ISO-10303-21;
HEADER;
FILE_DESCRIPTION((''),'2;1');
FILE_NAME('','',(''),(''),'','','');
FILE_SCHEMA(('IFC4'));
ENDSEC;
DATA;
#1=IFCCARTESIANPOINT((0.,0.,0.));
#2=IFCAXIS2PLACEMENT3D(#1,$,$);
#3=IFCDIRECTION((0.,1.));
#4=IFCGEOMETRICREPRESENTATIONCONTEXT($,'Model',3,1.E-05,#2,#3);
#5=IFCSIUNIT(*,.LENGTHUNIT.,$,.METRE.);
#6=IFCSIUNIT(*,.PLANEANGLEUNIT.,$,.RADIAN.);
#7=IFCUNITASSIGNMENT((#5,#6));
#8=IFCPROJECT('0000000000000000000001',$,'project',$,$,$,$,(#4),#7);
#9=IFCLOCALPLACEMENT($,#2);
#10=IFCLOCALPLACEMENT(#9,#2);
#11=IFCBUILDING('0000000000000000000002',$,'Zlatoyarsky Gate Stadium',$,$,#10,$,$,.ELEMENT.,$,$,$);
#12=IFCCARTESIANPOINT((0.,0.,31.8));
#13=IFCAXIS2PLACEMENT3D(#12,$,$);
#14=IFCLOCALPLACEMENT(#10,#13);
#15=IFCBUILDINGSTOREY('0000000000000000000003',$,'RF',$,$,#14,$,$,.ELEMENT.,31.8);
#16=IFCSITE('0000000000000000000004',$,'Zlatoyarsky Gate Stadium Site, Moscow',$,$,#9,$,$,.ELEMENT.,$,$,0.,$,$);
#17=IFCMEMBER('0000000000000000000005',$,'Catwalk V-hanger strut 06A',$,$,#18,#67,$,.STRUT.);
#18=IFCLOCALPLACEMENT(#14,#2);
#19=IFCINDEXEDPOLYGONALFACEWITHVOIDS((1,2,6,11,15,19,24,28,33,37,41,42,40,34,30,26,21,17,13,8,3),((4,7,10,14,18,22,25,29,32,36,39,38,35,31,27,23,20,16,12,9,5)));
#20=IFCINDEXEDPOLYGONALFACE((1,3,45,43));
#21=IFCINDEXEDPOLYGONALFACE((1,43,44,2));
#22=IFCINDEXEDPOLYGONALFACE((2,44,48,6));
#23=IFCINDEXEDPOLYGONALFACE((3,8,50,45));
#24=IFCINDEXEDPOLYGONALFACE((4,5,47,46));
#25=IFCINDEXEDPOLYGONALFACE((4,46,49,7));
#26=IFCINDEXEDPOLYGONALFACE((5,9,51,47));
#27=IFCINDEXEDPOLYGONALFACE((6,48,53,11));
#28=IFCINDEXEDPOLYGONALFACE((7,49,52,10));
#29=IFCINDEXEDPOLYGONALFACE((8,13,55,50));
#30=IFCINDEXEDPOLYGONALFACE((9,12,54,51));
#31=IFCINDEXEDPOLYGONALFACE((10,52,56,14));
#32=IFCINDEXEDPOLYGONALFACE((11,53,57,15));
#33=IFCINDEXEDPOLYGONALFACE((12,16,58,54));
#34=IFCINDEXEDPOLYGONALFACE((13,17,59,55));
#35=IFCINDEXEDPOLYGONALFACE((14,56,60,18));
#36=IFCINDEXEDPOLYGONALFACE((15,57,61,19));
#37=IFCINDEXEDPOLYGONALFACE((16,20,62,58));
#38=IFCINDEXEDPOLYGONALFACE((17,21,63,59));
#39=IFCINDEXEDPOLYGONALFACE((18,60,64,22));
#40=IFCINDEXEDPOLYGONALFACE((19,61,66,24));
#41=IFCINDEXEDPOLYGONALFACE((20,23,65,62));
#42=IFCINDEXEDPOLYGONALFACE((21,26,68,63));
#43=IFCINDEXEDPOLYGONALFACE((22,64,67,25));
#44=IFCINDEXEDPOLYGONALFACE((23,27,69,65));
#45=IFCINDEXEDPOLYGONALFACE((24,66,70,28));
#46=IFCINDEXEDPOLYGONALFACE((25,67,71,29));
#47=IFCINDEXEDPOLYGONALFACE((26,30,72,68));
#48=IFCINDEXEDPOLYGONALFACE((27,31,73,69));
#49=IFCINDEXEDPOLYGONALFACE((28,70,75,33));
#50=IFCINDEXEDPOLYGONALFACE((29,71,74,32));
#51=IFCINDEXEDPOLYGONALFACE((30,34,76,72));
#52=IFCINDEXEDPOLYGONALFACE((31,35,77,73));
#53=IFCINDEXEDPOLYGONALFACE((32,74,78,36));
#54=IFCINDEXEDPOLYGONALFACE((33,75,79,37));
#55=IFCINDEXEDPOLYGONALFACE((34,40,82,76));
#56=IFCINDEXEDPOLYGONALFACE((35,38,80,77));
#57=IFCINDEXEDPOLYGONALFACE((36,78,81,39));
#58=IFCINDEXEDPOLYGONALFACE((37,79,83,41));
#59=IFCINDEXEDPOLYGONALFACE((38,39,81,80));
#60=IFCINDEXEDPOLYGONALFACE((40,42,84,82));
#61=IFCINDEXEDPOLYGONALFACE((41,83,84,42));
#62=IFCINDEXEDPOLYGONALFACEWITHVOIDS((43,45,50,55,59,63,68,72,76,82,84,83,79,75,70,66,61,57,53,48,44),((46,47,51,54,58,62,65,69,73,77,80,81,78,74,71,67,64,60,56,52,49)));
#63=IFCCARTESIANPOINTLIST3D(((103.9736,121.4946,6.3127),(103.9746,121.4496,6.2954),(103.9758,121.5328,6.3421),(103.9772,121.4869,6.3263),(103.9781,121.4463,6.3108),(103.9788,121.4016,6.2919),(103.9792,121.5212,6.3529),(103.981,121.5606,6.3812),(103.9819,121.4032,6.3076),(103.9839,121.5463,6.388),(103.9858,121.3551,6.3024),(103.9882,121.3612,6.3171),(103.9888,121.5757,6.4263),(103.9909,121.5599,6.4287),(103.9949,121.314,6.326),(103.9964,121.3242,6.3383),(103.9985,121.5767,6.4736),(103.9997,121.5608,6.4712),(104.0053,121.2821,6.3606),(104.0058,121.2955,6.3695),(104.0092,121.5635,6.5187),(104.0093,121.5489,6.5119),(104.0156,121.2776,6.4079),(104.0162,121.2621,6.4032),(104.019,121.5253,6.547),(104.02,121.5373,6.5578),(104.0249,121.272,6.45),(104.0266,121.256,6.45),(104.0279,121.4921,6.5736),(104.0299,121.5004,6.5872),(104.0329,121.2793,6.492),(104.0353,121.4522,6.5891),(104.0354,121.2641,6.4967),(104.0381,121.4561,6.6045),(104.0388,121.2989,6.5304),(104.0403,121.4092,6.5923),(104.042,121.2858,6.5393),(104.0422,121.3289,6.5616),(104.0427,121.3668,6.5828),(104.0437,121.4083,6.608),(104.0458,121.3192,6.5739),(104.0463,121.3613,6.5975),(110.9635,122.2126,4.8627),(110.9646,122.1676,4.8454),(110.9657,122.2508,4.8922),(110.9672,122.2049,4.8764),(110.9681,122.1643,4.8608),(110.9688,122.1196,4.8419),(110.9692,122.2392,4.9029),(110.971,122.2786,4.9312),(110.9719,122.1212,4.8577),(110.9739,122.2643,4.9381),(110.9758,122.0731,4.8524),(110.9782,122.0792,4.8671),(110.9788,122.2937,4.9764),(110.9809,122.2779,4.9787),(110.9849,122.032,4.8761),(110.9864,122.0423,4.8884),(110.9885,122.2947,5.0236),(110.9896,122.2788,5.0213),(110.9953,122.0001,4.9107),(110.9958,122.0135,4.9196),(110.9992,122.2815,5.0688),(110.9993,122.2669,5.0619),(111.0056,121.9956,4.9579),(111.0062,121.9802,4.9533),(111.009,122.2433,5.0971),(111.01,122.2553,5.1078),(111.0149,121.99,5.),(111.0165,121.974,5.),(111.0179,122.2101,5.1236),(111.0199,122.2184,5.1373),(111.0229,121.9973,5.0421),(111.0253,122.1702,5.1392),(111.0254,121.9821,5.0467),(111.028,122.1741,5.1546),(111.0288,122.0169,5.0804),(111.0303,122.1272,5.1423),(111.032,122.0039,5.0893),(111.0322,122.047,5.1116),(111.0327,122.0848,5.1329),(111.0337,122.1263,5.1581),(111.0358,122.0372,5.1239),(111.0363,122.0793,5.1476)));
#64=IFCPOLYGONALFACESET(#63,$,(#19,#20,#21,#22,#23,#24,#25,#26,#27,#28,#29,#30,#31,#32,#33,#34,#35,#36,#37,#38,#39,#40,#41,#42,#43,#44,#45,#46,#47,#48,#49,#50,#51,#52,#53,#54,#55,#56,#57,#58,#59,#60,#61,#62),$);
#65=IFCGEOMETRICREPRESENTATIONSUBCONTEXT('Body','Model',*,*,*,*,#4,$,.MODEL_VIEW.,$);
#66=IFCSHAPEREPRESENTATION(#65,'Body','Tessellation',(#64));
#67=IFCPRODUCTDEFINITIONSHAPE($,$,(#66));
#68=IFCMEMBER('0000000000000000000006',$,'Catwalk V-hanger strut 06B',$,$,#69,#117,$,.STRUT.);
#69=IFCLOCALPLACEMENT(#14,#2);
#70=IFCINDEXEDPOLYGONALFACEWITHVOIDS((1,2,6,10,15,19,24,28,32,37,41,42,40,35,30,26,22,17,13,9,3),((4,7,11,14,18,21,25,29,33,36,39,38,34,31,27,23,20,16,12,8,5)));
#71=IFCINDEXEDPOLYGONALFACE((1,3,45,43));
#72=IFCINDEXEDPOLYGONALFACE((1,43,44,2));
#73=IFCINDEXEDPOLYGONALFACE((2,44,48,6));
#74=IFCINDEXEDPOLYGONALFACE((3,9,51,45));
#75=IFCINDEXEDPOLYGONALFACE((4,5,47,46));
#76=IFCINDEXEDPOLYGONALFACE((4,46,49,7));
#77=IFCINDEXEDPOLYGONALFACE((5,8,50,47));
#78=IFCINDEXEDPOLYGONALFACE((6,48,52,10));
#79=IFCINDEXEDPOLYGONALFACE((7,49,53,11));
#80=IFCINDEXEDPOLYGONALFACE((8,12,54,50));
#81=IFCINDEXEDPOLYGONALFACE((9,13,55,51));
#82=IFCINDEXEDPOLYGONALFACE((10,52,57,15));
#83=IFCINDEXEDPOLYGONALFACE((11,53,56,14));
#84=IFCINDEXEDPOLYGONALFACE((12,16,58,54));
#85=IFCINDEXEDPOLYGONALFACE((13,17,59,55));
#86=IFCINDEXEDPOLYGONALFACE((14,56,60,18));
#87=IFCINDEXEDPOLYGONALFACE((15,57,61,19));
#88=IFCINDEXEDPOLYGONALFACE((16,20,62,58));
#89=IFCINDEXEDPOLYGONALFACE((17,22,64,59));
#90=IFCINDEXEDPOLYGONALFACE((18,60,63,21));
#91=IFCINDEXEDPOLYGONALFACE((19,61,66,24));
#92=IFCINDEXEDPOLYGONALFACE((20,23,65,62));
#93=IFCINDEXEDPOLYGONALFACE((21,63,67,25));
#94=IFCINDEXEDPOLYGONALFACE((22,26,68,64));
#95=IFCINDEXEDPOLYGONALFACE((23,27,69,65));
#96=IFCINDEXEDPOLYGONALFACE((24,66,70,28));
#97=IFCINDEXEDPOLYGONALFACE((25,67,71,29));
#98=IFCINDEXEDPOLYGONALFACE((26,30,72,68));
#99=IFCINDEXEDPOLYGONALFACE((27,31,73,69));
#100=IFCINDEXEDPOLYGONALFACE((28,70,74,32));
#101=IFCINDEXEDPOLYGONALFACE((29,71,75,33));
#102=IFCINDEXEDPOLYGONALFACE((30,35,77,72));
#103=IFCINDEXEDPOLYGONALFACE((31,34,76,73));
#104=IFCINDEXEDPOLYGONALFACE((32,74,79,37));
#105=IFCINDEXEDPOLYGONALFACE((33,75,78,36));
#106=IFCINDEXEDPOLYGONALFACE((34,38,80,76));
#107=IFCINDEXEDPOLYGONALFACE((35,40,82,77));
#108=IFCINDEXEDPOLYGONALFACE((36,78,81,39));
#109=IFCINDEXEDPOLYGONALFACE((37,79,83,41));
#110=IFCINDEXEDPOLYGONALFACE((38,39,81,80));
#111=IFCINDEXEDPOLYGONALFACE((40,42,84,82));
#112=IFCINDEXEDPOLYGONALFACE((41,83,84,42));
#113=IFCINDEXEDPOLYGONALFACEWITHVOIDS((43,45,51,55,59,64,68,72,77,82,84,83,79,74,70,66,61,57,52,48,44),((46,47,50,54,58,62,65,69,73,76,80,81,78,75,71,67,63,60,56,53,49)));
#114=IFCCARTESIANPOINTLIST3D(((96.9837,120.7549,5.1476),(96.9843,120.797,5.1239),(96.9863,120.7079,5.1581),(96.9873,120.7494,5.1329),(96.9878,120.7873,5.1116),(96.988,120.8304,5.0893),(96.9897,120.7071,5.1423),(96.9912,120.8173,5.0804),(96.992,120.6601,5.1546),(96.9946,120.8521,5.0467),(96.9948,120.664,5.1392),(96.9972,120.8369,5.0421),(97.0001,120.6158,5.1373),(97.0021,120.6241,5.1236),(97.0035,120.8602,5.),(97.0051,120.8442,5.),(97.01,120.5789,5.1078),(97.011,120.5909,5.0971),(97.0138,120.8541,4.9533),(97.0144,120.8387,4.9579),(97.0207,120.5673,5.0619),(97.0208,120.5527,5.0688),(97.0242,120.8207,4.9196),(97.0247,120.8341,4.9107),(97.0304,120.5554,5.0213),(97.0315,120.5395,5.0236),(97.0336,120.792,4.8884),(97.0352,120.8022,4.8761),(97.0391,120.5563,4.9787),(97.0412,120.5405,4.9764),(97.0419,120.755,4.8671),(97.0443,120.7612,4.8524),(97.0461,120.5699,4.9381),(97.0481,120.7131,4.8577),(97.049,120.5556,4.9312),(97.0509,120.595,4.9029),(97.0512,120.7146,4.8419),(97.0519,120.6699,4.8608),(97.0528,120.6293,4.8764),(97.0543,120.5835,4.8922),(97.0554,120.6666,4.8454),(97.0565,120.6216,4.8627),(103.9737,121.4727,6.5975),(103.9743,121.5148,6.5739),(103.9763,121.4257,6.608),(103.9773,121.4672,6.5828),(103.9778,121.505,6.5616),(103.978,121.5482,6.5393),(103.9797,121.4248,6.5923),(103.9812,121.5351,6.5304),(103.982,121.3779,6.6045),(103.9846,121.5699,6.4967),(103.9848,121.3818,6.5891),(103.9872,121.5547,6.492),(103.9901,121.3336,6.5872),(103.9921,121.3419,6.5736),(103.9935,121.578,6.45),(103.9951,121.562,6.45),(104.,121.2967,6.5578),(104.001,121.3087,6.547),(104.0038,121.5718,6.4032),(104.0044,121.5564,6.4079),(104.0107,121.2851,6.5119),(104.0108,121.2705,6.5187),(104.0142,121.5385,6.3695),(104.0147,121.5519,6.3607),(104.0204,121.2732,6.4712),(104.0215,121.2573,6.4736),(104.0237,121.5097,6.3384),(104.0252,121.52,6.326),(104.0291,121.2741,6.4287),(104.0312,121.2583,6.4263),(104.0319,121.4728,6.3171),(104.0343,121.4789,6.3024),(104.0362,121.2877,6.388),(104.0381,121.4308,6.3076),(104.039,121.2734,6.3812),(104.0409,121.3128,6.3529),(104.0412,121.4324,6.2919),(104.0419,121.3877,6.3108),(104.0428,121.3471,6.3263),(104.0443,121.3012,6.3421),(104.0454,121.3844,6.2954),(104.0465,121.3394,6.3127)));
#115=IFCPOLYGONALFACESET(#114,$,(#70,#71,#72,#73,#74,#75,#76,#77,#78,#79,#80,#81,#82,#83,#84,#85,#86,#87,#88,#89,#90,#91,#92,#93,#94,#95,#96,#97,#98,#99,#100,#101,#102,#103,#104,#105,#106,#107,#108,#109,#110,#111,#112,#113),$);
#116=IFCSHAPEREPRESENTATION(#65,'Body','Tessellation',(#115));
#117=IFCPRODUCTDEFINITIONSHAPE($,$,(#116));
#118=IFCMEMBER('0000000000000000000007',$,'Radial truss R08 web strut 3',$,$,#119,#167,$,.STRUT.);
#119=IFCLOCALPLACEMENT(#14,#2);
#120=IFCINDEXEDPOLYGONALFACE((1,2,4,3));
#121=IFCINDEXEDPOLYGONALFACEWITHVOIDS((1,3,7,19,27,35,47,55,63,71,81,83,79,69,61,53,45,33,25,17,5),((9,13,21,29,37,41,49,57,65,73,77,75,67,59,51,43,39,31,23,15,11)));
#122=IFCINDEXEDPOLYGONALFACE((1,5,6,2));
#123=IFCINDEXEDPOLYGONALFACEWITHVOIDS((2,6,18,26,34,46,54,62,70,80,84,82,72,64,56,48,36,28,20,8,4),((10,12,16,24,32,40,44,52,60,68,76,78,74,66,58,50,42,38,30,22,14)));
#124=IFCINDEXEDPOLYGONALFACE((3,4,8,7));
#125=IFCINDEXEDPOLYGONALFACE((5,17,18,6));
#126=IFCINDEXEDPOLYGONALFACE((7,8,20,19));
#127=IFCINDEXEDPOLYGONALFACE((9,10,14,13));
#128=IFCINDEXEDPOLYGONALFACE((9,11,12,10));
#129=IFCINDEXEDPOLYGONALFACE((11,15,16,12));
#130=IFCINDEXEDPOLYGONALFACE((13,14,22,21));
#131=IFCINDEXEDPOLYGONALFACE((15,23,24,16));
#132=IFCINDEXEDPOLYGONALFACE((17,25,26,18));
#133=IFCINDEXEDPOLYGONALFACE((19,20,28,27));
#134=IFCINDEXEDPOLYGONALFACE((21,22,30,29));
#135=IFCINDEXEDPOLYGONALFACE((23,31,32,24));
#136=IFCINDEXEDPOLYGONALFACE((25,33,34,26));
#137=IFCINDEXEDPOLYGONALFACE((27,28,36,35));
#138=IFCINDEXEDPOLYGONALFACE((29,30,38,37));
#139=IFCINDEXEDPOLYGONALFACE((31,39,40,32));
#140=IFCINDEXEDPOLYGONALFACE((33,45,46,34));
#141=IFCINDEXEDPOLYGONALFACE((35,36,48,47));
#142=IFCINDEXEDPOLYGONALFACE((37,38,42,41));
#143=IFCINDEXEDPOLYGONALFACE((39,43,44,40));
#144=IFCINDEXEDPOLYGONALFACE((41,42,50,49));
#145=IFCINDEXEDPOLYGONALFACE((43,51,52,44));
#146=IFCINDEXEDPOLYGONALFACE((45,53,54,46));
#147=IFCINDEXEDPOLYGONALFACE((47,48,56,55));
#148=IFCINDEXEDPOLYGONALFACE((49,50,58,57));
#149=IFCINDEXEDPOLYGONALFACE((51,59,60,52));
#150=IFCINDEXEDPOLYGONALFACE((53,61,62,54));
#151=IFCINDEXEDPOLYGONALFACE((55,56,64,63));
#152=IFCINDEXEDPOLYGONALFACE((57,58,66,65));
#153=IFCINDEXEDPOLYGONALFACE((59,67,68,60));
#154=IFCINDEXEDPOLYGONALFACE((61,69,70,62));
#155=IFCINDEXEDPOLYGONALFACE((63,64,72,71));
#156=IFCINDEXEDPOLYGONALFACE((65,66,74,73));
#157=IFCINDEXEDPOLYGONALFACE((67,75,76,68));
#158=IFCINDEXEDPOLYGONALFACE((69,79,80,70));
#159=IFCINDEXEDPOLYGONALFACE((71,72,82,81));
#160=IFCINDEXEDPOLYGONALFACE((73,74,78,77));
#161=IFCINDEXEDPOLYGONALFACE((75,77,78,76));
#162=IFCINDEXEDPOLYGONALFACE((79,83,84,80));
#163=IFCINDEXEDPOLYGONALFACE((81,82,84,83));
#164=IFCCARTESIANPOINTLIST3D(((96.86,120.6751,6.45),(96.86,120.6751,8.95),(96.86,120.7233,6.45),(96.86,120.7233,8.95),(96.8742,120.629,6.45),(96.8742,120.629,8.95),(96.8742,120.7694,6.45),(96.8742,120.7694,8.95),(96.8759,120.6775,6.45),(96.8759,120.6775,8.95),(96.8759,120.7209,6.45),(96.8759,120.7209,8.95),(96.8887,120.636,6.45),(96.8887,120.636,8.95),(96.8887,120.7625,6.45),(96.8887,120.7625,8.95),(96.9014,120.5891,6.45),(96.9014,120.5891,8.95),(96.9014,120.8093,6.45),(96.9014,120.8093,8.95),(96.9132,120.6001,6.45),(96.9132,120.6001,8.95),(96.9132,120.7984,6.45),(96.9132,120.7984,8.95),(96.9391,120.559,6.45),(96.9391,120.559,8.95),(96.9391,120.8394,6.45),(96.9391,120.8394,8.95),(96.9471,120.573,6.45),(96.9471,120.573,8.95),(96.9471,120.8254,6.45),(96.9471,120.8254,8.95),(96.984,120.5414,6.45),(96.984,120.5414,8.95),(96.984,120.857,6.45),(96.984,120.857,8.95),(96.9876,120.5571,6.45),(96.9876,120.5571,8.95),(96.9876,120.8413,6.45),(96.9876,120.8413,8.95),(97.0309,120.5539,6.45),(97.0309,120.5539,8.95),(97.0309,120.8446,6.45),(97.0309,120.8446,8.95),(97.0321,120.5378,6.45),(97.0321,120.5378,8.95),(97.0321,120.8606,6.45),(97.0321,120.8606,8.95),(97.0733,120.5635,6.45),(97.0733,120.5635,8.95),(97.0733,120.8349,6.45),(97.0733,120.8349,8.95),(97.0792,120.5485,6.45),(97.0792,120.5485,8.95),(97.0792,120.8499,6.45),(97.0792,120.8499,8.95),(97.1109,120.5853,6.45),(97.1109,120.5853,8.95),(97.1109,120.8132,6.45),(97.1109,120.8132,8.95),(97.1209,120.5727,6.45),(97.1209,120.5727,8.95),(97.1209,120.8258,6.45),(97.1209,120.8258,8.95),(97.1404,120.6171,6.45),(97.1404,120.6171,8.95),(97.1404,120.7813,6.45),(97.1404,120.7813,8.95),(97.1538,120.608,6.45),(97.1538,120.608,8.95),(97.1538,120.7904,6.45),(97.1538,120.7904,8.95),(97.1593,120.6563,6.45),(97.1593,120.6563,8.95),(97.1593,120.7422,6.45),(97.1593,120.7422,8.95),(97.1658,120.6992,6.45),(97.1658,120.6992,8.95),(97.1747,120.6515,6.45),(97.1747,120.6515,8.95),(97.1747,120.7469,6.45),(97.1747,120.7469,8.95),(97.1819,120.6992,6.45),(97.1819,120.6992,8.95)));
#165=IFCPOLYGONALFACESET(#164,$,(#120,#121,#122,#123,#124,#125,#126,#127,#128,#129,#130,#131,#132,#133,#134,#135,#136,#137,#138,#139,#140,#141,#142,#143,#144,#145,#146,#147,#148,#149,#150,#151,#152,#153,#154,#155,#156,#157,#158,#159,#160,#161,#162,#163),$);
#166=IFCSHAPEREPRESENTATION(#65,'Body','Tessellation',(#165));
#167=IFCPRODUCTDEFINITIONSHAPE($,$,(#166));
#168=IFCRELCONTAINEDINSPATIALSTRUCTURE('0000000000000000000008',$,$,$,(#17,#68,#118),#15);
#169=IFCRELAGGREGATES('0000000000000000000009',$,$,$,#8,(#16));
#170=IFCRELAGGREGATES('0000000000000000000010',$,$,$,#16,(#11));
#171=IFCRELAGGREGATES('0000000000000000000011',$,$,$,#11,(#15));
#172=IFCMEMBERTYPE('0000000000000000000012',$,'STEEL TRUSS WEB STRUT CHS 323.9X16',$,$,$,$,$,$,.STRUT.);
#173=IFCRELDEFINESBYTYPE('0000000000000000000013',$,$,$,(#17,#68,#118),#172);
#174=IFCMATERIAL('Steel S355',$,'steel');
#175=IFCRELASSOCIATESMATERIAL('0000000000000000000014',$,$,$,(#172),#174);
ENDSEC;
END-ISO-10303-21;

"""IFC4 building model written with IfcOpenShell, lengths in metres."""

from ifc_helpers import new_model, si_unit, direction, frame, origin, origin_2d, place, context, subcontext, project, spatial, hollow_circle, extrude, material, material_profile, profile_set, type_object, element, save


model = new_model("IFC4")

# Units and contexts
model_context = context("Model", 3, precision=1e-05, world=origin(), true_north=direction((0.0, 1.0)))
body_context = subcontext(model_context, "Body", "Model", "MODEL_VIEW")
ifc_project = project(units=[si_unit("LENGTHUNIT", "METRE"), si_unit("PLANEANGLEUNIT", "RADIAN")], contexts=[model_context])

# Site, building, storey
site_placement = place(None, origin())
site = spatial("IfcSite", under=ifc_project, at=site_placement, Name="Zlatoyarsky Gate Stadium Site, Moscow", CompositionType="ELEMENT", RefElevation=0.0)
building_placement = place(site_placement, origin())
building = spatial("IfcBuilding", under=site, at=building_placement, Name="Zlatoyarsky Gate Stadium", CompositionType="ELEMENT")
storey_placement = place(building_placement, frame((0.0, 0.0, 31.8)))
storey = spatial("IfcBuildingStorey", under=building, at=storey_placement, Name="RF", CompositionType="ELEMENT", Elevation=31.8)

# Shared definitions
ifc_material_1 = material(Name="Steel S355", Category="steel")

# Members
ifc_material_profile_1 = material_profile(ifc_material_1, hollow_circle(Radius=0.1619, WallThickness=0.0161, at=origin_2d()), Name="CHS 323.9X16")
ifc_profile_set_1 = profile_set([ifc_material_profile_1], Name="Steel S355")
member_type_1 = type_object("IfcMemberType", Name="STEEL TRUSS WEB STRUT CHS 323.9X16", PredefinedType="STRUT", material=ifc_profile_set_1)
for number, where, z_axis, x_axis, name in (
    (1, (111.0, 122.135, 5.0), (-0.974241, -0.100075, 0.202089), (0.102183, -0.994766, 0.0), "Catwalk V-hanger strut 06A"),
    (2, (97.02, 120.6992, 5.0), (0.974244, 0.100041, 0.20209), (-0.102149, 0.994769, 0.0), "Catwalk V-hanger strut 06B"),
):
    element("IfcMember", number, at=place(storey_placement, frame(where, z_axis=z_axis, x_axis=x_axis)), inside=storey, type_object=member_type_1, Name=name, PredefinedType="STRUT", context=body_context, shape_type="SweptSolid", body=[
        extrude(hollow_circle(Radius=0.1619, WallThickness=0.0161, at=origin_2d()), origin(), (0.0, 0.0, 1.0), 7.1748),
    ])
member_1_placement = place(storey_placement, frame((97.02, 120.6992, 6.45), z_axis=(0.0, 0.0, 1.0), x_axis=(1.0, 0.0, 0.0)))
element("IfcMember", 3, at=member_1_placement, inside=storey, type_object=member_type_1, Name="Radial truss R08 web strut 3", PredefinedType="STRUT", context=body_context, shape_type="SweptSolid", body=[
    extrude(hollow_circle(Radius=0.1619, WallThickness=0.0161, at=origin_2d()), origin(), (0.0, 0.0, 1.0), 2.5),
])

save(model, "model.ifc")
